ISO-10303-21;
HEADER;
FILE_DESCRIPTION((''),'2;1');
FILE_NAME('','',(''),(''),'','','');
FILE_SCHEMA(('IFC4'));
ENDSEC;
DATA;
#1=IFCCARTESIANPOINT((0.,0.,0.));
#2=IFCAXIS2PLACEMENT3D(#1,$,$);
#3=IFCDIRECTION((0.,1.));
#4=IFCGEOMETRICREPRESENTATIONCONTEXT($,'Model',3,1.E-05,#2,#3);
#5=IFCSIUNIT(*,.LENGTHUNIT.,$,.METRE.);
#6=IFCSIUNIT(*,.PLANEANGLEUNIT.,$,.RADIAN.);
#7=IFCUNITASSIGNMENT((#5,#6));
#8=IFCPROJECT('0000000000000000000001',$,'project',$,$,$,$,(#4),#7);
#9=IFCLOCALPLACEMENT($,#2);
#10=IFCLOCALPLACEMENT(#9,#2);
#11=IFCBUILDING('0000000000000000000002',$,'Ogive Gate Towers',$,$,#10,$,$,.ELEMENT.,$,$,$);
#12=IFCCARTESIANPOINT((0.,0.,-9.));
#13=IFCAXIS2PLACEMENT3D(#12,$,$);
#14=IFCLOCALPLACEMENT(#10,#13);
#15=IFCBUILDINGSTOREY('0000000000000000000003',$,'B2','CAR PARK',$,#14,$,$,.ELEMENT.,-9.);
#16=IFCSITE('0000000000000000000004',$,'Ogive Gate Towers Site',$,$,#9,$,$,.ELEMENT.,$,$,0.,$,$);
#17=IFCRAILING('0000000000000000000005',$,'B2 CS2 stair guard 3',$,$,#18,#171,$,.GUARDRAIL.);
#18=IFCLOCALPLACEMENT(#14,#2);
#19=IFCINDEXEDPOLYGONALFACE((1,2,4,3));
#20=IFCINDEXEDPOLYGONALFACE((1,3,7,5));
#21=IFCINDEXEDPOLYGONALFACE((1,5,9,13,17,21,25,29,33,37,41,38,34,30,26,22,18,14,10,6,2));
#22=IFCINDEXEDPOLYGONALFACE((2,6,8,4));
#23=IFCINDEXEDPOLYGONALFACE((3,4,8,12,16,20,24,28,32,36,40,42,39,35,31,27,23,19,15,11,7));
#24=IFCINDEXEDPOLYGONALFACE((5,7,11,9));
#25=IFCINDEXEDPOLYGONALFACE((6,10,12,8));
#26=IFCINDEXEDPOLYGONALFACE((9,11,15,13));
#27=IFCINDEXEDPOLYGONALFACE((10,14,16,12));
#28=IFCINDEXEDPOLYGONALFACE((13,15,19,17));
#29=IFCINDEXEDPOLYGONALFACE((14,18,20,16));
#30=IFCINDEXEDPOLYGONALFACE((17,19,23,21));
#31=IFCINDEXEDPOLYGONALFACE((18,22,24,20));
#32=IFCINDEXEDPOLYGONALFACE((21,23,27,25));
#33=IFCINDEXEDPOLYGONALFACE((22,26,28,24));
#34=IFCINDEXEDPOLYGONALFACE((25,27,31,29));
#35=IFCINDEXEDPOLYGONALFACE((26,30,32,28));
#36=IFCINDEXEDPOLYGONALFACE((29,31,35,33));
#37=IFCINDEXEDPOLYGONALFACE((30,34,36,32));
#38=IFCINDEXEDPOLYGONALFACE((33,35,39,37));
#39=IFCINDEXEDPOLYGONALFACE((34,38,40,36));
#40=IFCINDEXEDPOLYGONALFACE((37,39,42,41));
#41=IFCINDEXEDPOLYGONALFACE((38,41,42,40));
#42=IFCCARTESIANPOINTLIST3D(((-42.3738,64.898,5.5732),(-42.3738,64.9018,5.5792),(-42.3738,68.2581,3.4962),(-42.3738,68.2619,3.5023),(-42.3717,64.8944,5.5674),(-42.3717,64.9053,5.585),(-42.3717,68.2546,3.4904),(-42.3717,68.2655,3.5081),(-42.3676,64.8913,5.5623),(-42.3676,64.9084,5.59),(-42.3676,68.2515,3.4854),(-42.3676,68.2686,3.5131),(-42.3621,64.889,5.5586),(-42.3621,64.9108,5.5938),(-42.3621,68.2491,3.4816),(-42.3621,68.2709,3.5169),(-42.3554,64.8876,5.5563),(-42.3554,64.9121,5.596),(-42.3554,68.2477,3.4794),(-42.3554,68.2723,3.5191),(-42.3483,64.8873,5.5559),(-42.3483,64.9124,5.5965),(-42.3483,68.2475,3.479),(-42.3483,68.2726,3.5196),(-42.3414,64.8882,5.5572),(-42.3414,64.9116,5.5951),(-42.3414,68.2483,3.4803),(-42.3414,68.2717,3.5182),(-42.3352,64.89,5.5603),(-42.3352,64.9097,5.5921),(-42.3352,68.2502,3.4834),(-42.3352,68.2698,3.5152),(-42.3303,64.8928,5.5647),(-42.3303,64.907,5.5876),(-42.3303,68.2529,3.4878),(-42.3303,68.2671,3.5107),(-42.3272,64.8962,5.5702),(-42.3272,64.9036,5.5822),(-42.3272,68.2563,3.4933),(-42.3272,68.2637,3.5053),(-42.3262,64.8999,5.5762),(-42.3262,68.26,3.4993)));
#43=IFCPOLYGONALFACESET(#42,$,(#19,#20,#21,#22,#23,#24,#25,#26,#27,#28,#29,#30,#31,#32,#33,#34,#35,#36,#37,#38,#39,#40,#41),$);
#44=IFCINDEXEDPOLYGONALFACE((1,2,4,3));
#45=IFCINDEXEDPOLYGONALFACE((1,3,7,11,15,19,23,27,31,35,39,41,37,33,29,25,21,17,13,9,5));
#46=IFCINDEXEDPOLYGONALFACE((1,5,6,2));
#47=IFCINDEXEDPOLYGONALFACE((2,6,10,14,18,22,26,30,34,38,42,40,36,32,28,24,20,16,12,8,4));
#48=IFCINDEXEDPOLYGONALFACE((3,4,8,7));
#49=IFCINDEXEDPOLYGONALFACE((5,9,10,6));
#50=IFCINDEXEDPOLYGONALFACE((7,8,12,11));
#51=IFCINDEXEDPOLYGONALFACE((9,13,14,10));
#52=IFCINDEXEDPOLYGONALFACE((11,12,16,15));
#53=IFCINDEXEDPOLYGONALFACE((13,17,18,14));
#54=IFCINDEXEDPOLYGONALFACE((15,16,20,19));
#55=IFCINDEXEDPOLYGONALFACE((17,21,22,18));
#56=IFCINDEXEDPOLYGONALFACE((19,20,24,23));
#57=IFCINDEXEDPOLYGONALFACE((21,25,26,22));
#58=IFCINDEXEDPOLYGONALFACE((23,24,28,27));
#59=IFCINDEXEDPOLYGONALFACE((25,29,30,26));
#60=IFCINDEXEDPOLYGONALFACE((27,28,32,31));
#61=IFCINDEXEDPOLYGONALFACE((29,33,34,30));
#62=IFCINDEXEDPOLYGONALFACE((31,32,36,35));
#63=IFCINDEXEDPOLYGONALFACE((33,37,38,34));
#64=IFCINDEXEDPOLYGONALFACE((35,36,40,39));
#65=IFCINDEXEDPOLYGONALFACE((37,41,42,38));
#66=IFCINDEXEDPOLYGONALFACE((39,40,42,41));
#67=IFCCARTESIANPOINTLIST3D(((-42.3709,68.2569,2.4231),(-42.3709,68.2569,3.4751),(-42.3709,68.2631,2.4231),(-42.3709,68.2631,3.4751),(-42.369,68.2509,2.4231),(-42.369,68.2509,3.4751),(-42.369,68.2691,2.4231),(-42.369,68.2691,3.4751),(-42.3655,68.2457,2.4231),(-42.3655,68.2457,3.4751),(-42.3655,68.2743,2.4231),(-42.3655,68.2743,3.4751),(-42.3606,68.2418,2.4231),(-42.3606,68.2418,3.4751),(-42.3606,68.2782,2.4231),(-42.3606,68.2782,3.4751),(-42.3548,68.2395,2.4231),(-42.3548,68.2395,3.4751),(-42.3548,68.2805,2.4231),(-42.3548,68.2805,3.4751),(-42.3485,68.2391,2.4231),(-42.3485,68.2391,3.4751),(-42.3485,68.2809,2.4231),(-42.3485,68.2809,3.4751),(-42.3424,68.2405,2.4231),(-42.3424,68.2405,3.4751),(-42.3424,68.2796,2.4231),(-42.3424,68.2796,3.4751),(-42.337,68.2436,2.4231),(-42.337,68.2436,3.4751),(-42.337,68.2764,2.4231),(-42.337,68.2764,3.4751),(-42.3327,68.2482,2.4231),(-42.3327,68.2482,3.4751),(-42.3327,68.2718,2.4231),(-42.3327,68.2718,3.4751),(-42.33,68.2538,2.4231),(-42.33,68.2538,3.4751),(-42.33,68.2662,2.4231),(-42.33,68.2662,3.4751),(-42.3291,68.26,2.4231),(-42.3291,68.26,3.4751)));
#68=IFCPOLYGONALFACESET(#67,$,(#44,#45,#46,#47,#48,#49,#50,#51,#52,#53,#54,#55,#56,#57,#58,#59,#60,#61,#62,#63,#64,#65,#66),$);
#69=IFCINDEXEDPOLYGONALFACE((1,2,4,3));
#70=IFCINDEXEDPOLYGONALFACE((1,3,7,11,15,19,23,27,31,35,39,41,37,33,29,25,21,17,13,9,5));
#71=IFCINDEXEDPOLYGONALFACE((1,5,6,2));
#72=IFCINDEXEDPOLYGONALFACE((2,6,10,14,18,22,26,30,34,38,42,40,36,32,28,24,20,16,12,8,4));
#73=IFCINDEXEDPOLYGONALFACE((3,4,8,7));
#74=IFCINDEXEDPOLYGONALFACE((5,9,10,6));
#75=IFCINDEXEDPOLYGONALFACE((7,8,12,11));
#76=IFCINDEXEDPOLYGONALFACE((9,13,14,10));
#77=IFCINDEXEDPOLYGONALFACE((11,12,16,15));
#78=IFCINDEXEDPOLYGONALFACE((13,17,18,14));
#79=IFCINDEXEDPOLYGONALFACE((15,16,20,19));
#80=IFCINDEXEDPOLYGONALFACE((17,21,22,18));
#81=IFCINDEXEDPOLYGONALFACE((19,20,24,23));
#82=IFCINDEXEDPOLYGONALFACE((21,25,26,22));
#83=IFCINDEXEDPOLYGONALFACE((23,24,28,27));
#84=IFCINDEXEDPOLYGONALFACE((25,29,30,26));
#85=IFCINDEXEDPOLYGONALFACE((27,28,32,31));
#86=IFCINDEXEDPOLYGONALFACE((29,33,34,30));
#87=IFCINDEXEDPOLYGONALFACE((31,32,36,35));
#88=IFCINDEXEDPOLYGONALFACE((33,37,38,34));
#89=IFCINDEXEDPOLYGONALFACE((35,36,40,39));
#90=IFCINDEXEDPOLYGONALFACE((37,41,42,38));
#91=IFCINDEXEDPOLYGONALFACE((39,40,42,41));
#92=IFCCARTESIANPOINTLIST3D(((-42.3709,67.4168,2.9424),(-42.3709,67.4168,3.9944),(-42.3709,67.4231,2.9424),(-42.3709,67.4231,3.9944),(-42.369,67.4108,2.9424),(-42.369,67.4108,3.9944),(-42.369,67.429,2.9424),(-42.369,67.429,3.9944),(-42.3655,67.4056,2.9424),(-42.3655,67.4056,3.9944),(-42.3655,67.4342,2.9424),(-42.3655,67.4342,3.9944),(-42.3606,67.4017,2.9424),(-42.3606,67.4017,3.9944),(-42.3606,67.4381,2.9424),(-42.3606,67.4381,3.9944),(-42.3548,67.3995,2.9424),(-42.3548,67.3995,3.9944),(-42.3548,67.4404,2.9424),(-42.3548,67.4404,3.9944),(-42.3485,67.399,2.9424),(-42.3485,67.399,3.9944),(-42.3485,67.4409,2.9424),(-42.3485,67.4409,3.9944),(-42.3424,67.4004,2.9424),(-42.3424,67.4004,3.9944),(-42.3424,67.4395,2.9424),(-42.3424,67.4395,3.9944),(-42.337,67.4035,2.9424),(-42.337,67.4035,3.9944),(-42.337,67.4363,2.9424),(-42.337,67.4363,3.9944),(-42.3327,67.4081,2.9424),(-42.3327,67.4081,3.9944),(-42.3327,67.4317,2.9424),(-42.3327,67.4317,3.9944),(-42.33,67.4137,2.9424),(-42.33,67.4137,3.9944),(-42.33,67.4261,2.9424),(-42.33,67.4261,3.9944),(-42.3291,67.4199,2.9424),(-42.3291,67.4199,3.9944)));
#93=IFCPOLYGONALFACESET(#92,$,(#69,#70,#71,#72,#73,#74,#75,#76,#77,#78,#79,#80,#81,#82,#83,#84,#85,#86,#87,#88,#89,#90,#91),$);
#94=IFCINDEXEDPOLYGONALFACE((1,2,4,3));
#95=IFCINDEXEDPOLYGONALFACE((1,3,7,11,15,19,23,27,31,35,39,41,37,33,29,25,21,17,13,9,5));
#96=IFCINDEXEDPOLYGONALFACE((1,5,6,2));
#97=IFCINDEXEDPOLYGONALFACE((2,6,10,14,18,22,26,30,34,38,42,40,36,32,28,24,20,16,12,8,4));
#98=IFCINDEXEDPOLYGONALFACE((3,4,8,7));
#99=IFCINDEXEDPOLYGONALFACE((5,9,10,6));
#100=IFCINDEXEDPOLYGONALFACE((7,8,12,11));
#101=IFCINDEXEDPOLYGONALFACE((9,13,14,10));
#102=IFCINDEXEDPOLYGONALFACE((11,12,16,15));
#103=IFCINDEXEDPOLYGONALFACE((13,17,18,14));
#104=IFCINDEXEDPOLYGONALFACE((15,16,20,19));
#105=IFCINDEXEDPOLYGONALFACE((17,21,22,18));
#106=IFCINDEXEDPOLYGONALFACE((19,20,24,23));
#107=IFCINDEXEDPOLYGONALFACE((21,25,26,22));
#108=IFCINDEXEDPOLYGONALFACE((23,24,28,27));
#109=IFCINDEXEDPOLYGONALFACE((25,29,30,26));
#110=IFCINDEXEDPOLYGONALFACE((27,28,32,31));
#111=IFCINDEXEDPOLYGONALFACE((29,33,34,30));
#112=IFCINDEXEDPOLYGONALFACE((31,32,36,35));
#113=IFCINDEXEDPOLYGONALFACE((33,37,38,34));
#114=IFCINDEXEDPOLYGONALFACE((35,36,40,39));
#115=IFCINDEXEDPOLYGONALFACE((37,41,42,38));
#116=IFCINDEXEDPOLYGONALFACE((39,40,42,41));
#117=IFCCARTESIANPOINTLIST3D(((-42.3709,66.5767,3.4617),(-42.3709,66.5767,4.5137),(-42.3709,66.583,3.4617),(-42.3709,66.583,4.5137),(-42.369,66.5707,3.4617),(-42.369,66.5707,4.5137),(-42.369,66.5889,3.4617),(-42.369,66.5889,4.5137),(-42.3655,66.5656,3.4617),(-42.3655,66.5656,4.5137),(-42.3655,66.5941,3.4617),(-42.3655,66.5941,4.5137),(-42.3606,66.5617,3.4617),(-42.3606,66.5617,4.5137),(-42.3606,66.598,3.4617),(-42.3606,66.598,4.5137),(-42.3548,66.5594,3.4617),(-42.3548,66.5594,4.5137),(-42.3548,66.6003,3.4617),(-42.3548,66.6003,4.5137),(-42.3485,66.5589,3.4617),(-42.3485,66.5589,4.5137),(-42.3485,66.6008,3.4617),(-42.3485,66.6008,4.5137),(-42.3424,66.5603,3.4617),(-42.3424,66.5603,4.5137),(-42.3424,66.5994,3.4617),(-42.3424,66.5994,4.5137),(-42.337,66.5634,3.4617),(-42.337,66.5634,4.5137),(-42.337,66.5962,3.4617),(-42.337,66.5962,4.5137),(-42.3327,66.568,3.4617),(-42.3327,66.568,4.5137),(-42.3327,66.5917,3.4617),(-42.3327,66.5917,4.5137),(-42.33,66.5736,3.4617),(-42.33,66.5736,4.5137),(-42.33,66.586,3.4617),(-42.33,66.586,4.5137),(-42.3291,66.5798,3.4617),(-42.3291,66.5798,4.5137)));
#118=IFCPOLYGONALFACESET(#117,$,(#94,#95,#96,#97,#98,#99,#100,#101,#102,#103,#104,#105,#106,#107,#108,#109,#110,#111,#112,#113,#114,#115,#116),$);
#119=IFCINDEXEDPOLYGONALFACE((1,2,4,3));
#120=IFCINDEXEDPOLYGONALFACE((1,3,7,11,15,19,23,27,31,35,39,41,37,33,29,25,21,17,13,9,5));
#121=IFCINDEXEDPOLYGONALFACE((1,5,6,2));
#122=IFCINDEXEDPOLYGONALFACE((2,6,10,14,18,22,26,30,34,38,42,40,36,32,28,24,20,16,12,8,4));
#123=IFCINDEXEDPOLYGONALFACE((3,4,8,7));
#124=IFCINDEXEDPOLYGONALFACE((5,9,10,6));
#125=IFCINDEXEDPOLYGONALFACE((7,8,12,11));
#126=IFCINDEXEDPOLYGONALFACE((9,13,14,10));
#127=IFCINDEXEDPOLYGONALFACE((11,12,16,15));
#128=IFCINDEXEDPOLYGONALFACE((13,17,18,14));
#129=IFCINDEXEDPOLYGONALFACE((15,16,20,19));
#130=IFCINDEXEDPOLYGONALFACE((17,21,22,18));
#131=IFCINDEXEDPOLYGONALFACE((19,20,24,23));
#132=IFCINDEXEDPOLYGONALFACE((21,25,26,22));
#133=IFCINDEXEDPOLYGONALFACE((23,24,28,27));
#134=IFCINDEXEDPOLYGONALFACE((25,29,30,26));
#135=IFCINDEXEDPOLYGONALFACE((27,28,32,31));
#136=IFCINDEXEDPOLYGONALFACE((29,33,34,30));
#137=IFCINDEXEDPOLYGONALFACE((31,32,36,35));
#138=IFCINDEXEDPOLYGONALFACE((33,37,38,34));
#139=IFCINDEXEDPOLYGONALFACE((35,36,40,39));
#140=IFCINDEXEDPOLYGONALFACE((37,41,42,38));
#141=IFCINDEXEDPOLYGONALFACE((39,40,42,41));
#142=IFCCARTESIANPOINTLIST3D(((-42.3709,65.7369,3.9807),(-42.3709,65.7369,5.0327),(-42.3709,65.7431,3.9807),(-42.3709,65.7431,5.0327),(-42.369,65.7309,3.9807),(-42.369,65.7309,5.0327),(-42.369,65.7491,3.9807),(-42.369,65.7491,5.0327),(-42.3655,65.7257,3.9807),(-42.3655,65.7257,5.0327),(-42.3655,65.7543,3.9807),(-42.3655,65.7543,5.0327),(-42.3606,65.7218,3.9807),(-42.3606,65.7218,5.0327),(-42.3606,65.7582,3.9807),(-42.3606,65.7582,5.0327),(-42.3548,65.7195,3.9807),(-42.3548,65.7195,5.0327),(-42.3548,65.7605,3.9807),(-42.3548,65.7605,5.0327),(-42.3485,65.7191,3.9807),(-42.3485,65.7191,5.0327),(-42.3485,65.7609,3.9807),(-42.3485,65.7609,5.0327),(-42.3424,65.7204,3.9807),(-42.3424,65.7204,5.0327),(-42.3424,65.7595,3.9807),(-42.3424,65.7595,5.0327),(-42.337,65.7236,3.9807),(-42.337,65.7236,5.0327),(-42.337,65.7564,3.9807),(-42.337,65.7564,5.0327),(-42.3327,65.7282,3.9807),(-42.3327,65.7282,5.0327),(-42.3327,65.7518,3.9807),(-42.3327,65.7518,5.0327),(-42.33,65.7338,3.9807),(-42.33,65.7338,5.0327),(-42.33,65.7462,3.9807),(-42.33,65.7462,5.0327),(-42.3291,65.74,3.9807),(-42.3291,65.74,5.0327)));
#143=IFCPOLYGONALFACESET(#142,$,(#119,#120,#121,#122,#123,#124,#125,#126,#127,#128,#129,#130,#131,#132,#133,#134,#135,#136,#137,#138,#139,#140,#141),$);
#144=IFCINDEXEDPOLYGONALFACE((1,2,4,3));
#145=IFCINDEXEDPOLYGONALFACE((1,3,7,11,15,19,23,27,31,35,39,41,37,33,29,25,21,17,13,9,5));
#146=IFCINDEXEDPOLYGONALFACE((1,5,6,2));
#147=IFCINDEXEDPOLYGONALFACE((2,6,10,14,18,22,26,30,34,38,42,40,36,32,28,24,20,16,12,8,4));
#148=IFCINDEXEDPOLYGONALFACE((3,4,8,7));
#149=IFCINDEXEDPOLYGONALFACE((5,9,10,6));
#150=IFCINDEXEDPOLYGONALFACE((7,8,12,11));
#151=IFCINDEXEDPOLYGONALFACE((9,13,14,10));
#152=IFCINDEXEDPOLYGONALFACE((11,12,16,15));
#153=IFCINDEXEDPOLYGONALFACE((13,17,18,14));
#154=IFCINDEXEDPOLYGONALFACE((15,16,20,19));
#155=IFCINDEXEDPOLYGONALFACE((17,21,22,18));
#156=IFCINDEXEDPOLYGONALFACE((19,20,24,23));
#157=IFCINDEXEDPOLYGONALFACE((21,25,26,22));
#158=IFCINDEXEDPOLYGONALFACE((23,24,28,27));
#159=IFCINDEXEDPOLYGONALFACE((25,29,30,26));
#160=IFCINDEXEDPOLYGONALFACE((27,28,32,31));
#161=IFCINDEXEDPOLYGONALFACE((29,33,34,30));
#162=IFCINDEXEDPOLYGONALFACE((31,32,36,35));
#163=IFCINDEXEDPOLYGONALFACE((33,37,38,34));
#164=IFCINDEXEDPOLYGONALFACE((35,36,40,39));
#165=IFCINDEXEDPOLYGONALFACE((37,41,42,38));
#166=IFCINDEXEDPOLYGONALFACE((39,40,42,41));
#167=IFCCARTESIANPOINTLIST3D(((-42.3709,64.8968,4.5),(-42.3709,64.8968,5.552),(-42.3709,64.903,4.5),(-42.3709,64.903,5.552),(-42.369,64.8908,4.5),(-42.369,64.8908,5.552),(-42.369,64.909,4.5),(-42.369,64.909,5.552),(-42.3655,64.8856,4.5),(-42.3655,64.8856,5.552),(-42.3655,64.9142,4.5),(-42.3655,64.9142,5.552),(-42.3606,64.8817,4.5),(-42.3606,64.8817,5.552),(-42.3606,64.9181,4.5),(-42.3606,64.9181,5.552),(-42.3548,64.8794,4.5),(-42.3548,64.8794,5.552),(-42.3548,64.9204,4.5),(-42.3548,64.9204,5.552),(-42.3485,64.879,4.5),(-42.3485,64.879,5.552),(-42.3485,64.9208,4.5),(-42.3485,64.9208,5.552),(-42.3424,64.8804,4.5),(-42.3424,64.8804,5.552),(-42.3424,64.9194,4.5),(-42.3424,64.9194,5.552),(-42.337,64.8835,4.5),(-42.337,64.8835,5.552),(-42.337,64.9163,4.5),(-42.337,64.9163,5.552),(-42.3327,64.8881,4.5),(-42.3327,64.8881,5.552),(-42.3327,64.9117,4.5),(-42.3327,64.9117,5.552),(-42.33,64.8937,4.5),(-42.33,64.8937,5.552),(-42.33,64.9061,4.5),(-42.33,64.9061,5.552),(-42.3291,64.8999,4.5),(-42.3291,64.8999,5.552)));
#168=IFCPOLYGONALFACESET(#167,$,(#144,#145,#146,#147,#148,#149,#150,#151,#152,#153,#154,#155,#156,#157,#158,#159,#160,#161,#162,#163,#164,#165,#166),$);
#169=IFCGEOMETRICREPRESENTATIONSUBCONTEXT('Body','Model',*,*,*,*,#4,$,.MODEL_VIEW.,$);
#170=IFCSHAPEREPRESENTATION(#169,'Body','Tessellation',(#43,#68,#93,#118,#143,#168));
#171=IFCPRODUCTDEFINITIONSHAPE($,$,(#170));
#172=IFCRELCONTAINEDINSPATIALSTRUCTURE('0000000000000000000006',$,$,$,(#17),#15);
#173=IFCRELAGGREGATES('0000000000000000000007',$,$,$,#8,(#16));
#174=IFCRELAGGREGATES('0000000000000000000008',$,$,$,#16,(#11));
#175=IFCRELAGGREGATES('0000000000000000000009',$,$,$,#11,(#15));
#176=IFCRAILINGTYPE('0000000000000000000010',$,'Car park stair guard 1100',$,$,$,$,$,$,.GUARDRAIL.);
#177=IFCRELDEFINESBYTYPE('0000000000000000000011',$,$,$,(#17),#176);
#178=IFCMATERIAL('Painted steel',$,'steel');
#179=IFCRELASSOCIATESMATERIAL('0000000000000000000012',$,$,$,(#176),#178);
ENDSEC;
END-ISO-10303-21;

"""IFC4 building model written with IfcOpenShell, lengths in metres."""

from ifc_helpers import new_model, si_unit, direction, frame, origin, origin_2d, place, context, subcontext, project, spatial, circle, extrude, material, type_object, element, save


model = new_model("IFC4")

# Units and contexts
model_context = context("Model", 3, precision=1e-05, world=origin(), true_north=direction((0.0, 1.0)))
body_context = subcontext(model_context, "Body", "Model", "MODEL_VIEW")
ifc_project = project(units=[si_unit("LENGTHUNIT", "METRE"), si_unit("PLANEANGLEUNIT", "RADIAN")], contexts=[model_context])

# Site, building, storey
site_placement = place(None, origin())
site = spatial("IfcSite", under=ifc_project, at=site_placement, Name="Ogive Gate Towers Site", CompositionType="ELEMENT", RefElevation=0.0)
building_placement = place(site_placement, origin())
building = spatial("IfcBuilding", under=site, at=building_placement, Name="Ogive Gate Towers", CompositionType="ELEMENT")
storey_placement = place(building_placement, frame((0.0, 0.0, -9.0)))
storey = spatial("IfcBuildingStorey", under=building, at=storey_placement, Name="B2", Description="CAR PARK", CompositionType="ELEMENT", Elevation=-9.0)

# Railing
ifc_material_1 = material(Name="Painted steel", Category="steel")
railing_type_1 = type_object("IfcRailingType", Name="Car park stair guard 1100", PredefinedType="GUARDRAIL", material=ifc_material_1)
railing_1_placement = place(storey_placement, frame((-42.3501, 68.26, 2.4231)))
element("IfcRailing", 1, at=railing_1_placement, inside=storey, type_object=railing_type_1, Name="B2 CS2 stair guard 3", PredefinedType="GUARDRAIL", context=body_context, shape_type="SweptSolid", body=[
    extrude(circle(Radius=0.0239, at=origin_2d()), frame((0.0, 0.0, 1.0762), z_axis=(0.0, -0.850623, 0.525776), x_axis=(1.0, 0.0, 0.0)), (0.0, 0.0, 1.0), 3.9502),
    extrude(circle(Radius=0.021, at=origin_2d()), origin(), (0.0, 0.0, 1.0), 1.052),
    extrude(circle(Radius=0.021, at=origin_2d()), frame((0.0, -0.8401, 0.5193)), (0.0, 0.0, 1.0), 1.052),
    extrude(circle(Radius=0.021, at=origin_2d()), frame((0.0, -1.6802, 1.0386)), (0.0, 0.0, 1.0), 1.052),
    extrude(circle(Radius=0.021, at=origin_2d()), frame((0.0, -2.52, 1.5576)), (0.0, 0.0, 1.0), 1.052),
    extrude(circle(Radius=0.021, at=origin_2d()), frame((0.0, -3.3601, 2.0769)), (0.0, 0.0, 1.0), 1.052),
])

save(model, "model.ifc")
